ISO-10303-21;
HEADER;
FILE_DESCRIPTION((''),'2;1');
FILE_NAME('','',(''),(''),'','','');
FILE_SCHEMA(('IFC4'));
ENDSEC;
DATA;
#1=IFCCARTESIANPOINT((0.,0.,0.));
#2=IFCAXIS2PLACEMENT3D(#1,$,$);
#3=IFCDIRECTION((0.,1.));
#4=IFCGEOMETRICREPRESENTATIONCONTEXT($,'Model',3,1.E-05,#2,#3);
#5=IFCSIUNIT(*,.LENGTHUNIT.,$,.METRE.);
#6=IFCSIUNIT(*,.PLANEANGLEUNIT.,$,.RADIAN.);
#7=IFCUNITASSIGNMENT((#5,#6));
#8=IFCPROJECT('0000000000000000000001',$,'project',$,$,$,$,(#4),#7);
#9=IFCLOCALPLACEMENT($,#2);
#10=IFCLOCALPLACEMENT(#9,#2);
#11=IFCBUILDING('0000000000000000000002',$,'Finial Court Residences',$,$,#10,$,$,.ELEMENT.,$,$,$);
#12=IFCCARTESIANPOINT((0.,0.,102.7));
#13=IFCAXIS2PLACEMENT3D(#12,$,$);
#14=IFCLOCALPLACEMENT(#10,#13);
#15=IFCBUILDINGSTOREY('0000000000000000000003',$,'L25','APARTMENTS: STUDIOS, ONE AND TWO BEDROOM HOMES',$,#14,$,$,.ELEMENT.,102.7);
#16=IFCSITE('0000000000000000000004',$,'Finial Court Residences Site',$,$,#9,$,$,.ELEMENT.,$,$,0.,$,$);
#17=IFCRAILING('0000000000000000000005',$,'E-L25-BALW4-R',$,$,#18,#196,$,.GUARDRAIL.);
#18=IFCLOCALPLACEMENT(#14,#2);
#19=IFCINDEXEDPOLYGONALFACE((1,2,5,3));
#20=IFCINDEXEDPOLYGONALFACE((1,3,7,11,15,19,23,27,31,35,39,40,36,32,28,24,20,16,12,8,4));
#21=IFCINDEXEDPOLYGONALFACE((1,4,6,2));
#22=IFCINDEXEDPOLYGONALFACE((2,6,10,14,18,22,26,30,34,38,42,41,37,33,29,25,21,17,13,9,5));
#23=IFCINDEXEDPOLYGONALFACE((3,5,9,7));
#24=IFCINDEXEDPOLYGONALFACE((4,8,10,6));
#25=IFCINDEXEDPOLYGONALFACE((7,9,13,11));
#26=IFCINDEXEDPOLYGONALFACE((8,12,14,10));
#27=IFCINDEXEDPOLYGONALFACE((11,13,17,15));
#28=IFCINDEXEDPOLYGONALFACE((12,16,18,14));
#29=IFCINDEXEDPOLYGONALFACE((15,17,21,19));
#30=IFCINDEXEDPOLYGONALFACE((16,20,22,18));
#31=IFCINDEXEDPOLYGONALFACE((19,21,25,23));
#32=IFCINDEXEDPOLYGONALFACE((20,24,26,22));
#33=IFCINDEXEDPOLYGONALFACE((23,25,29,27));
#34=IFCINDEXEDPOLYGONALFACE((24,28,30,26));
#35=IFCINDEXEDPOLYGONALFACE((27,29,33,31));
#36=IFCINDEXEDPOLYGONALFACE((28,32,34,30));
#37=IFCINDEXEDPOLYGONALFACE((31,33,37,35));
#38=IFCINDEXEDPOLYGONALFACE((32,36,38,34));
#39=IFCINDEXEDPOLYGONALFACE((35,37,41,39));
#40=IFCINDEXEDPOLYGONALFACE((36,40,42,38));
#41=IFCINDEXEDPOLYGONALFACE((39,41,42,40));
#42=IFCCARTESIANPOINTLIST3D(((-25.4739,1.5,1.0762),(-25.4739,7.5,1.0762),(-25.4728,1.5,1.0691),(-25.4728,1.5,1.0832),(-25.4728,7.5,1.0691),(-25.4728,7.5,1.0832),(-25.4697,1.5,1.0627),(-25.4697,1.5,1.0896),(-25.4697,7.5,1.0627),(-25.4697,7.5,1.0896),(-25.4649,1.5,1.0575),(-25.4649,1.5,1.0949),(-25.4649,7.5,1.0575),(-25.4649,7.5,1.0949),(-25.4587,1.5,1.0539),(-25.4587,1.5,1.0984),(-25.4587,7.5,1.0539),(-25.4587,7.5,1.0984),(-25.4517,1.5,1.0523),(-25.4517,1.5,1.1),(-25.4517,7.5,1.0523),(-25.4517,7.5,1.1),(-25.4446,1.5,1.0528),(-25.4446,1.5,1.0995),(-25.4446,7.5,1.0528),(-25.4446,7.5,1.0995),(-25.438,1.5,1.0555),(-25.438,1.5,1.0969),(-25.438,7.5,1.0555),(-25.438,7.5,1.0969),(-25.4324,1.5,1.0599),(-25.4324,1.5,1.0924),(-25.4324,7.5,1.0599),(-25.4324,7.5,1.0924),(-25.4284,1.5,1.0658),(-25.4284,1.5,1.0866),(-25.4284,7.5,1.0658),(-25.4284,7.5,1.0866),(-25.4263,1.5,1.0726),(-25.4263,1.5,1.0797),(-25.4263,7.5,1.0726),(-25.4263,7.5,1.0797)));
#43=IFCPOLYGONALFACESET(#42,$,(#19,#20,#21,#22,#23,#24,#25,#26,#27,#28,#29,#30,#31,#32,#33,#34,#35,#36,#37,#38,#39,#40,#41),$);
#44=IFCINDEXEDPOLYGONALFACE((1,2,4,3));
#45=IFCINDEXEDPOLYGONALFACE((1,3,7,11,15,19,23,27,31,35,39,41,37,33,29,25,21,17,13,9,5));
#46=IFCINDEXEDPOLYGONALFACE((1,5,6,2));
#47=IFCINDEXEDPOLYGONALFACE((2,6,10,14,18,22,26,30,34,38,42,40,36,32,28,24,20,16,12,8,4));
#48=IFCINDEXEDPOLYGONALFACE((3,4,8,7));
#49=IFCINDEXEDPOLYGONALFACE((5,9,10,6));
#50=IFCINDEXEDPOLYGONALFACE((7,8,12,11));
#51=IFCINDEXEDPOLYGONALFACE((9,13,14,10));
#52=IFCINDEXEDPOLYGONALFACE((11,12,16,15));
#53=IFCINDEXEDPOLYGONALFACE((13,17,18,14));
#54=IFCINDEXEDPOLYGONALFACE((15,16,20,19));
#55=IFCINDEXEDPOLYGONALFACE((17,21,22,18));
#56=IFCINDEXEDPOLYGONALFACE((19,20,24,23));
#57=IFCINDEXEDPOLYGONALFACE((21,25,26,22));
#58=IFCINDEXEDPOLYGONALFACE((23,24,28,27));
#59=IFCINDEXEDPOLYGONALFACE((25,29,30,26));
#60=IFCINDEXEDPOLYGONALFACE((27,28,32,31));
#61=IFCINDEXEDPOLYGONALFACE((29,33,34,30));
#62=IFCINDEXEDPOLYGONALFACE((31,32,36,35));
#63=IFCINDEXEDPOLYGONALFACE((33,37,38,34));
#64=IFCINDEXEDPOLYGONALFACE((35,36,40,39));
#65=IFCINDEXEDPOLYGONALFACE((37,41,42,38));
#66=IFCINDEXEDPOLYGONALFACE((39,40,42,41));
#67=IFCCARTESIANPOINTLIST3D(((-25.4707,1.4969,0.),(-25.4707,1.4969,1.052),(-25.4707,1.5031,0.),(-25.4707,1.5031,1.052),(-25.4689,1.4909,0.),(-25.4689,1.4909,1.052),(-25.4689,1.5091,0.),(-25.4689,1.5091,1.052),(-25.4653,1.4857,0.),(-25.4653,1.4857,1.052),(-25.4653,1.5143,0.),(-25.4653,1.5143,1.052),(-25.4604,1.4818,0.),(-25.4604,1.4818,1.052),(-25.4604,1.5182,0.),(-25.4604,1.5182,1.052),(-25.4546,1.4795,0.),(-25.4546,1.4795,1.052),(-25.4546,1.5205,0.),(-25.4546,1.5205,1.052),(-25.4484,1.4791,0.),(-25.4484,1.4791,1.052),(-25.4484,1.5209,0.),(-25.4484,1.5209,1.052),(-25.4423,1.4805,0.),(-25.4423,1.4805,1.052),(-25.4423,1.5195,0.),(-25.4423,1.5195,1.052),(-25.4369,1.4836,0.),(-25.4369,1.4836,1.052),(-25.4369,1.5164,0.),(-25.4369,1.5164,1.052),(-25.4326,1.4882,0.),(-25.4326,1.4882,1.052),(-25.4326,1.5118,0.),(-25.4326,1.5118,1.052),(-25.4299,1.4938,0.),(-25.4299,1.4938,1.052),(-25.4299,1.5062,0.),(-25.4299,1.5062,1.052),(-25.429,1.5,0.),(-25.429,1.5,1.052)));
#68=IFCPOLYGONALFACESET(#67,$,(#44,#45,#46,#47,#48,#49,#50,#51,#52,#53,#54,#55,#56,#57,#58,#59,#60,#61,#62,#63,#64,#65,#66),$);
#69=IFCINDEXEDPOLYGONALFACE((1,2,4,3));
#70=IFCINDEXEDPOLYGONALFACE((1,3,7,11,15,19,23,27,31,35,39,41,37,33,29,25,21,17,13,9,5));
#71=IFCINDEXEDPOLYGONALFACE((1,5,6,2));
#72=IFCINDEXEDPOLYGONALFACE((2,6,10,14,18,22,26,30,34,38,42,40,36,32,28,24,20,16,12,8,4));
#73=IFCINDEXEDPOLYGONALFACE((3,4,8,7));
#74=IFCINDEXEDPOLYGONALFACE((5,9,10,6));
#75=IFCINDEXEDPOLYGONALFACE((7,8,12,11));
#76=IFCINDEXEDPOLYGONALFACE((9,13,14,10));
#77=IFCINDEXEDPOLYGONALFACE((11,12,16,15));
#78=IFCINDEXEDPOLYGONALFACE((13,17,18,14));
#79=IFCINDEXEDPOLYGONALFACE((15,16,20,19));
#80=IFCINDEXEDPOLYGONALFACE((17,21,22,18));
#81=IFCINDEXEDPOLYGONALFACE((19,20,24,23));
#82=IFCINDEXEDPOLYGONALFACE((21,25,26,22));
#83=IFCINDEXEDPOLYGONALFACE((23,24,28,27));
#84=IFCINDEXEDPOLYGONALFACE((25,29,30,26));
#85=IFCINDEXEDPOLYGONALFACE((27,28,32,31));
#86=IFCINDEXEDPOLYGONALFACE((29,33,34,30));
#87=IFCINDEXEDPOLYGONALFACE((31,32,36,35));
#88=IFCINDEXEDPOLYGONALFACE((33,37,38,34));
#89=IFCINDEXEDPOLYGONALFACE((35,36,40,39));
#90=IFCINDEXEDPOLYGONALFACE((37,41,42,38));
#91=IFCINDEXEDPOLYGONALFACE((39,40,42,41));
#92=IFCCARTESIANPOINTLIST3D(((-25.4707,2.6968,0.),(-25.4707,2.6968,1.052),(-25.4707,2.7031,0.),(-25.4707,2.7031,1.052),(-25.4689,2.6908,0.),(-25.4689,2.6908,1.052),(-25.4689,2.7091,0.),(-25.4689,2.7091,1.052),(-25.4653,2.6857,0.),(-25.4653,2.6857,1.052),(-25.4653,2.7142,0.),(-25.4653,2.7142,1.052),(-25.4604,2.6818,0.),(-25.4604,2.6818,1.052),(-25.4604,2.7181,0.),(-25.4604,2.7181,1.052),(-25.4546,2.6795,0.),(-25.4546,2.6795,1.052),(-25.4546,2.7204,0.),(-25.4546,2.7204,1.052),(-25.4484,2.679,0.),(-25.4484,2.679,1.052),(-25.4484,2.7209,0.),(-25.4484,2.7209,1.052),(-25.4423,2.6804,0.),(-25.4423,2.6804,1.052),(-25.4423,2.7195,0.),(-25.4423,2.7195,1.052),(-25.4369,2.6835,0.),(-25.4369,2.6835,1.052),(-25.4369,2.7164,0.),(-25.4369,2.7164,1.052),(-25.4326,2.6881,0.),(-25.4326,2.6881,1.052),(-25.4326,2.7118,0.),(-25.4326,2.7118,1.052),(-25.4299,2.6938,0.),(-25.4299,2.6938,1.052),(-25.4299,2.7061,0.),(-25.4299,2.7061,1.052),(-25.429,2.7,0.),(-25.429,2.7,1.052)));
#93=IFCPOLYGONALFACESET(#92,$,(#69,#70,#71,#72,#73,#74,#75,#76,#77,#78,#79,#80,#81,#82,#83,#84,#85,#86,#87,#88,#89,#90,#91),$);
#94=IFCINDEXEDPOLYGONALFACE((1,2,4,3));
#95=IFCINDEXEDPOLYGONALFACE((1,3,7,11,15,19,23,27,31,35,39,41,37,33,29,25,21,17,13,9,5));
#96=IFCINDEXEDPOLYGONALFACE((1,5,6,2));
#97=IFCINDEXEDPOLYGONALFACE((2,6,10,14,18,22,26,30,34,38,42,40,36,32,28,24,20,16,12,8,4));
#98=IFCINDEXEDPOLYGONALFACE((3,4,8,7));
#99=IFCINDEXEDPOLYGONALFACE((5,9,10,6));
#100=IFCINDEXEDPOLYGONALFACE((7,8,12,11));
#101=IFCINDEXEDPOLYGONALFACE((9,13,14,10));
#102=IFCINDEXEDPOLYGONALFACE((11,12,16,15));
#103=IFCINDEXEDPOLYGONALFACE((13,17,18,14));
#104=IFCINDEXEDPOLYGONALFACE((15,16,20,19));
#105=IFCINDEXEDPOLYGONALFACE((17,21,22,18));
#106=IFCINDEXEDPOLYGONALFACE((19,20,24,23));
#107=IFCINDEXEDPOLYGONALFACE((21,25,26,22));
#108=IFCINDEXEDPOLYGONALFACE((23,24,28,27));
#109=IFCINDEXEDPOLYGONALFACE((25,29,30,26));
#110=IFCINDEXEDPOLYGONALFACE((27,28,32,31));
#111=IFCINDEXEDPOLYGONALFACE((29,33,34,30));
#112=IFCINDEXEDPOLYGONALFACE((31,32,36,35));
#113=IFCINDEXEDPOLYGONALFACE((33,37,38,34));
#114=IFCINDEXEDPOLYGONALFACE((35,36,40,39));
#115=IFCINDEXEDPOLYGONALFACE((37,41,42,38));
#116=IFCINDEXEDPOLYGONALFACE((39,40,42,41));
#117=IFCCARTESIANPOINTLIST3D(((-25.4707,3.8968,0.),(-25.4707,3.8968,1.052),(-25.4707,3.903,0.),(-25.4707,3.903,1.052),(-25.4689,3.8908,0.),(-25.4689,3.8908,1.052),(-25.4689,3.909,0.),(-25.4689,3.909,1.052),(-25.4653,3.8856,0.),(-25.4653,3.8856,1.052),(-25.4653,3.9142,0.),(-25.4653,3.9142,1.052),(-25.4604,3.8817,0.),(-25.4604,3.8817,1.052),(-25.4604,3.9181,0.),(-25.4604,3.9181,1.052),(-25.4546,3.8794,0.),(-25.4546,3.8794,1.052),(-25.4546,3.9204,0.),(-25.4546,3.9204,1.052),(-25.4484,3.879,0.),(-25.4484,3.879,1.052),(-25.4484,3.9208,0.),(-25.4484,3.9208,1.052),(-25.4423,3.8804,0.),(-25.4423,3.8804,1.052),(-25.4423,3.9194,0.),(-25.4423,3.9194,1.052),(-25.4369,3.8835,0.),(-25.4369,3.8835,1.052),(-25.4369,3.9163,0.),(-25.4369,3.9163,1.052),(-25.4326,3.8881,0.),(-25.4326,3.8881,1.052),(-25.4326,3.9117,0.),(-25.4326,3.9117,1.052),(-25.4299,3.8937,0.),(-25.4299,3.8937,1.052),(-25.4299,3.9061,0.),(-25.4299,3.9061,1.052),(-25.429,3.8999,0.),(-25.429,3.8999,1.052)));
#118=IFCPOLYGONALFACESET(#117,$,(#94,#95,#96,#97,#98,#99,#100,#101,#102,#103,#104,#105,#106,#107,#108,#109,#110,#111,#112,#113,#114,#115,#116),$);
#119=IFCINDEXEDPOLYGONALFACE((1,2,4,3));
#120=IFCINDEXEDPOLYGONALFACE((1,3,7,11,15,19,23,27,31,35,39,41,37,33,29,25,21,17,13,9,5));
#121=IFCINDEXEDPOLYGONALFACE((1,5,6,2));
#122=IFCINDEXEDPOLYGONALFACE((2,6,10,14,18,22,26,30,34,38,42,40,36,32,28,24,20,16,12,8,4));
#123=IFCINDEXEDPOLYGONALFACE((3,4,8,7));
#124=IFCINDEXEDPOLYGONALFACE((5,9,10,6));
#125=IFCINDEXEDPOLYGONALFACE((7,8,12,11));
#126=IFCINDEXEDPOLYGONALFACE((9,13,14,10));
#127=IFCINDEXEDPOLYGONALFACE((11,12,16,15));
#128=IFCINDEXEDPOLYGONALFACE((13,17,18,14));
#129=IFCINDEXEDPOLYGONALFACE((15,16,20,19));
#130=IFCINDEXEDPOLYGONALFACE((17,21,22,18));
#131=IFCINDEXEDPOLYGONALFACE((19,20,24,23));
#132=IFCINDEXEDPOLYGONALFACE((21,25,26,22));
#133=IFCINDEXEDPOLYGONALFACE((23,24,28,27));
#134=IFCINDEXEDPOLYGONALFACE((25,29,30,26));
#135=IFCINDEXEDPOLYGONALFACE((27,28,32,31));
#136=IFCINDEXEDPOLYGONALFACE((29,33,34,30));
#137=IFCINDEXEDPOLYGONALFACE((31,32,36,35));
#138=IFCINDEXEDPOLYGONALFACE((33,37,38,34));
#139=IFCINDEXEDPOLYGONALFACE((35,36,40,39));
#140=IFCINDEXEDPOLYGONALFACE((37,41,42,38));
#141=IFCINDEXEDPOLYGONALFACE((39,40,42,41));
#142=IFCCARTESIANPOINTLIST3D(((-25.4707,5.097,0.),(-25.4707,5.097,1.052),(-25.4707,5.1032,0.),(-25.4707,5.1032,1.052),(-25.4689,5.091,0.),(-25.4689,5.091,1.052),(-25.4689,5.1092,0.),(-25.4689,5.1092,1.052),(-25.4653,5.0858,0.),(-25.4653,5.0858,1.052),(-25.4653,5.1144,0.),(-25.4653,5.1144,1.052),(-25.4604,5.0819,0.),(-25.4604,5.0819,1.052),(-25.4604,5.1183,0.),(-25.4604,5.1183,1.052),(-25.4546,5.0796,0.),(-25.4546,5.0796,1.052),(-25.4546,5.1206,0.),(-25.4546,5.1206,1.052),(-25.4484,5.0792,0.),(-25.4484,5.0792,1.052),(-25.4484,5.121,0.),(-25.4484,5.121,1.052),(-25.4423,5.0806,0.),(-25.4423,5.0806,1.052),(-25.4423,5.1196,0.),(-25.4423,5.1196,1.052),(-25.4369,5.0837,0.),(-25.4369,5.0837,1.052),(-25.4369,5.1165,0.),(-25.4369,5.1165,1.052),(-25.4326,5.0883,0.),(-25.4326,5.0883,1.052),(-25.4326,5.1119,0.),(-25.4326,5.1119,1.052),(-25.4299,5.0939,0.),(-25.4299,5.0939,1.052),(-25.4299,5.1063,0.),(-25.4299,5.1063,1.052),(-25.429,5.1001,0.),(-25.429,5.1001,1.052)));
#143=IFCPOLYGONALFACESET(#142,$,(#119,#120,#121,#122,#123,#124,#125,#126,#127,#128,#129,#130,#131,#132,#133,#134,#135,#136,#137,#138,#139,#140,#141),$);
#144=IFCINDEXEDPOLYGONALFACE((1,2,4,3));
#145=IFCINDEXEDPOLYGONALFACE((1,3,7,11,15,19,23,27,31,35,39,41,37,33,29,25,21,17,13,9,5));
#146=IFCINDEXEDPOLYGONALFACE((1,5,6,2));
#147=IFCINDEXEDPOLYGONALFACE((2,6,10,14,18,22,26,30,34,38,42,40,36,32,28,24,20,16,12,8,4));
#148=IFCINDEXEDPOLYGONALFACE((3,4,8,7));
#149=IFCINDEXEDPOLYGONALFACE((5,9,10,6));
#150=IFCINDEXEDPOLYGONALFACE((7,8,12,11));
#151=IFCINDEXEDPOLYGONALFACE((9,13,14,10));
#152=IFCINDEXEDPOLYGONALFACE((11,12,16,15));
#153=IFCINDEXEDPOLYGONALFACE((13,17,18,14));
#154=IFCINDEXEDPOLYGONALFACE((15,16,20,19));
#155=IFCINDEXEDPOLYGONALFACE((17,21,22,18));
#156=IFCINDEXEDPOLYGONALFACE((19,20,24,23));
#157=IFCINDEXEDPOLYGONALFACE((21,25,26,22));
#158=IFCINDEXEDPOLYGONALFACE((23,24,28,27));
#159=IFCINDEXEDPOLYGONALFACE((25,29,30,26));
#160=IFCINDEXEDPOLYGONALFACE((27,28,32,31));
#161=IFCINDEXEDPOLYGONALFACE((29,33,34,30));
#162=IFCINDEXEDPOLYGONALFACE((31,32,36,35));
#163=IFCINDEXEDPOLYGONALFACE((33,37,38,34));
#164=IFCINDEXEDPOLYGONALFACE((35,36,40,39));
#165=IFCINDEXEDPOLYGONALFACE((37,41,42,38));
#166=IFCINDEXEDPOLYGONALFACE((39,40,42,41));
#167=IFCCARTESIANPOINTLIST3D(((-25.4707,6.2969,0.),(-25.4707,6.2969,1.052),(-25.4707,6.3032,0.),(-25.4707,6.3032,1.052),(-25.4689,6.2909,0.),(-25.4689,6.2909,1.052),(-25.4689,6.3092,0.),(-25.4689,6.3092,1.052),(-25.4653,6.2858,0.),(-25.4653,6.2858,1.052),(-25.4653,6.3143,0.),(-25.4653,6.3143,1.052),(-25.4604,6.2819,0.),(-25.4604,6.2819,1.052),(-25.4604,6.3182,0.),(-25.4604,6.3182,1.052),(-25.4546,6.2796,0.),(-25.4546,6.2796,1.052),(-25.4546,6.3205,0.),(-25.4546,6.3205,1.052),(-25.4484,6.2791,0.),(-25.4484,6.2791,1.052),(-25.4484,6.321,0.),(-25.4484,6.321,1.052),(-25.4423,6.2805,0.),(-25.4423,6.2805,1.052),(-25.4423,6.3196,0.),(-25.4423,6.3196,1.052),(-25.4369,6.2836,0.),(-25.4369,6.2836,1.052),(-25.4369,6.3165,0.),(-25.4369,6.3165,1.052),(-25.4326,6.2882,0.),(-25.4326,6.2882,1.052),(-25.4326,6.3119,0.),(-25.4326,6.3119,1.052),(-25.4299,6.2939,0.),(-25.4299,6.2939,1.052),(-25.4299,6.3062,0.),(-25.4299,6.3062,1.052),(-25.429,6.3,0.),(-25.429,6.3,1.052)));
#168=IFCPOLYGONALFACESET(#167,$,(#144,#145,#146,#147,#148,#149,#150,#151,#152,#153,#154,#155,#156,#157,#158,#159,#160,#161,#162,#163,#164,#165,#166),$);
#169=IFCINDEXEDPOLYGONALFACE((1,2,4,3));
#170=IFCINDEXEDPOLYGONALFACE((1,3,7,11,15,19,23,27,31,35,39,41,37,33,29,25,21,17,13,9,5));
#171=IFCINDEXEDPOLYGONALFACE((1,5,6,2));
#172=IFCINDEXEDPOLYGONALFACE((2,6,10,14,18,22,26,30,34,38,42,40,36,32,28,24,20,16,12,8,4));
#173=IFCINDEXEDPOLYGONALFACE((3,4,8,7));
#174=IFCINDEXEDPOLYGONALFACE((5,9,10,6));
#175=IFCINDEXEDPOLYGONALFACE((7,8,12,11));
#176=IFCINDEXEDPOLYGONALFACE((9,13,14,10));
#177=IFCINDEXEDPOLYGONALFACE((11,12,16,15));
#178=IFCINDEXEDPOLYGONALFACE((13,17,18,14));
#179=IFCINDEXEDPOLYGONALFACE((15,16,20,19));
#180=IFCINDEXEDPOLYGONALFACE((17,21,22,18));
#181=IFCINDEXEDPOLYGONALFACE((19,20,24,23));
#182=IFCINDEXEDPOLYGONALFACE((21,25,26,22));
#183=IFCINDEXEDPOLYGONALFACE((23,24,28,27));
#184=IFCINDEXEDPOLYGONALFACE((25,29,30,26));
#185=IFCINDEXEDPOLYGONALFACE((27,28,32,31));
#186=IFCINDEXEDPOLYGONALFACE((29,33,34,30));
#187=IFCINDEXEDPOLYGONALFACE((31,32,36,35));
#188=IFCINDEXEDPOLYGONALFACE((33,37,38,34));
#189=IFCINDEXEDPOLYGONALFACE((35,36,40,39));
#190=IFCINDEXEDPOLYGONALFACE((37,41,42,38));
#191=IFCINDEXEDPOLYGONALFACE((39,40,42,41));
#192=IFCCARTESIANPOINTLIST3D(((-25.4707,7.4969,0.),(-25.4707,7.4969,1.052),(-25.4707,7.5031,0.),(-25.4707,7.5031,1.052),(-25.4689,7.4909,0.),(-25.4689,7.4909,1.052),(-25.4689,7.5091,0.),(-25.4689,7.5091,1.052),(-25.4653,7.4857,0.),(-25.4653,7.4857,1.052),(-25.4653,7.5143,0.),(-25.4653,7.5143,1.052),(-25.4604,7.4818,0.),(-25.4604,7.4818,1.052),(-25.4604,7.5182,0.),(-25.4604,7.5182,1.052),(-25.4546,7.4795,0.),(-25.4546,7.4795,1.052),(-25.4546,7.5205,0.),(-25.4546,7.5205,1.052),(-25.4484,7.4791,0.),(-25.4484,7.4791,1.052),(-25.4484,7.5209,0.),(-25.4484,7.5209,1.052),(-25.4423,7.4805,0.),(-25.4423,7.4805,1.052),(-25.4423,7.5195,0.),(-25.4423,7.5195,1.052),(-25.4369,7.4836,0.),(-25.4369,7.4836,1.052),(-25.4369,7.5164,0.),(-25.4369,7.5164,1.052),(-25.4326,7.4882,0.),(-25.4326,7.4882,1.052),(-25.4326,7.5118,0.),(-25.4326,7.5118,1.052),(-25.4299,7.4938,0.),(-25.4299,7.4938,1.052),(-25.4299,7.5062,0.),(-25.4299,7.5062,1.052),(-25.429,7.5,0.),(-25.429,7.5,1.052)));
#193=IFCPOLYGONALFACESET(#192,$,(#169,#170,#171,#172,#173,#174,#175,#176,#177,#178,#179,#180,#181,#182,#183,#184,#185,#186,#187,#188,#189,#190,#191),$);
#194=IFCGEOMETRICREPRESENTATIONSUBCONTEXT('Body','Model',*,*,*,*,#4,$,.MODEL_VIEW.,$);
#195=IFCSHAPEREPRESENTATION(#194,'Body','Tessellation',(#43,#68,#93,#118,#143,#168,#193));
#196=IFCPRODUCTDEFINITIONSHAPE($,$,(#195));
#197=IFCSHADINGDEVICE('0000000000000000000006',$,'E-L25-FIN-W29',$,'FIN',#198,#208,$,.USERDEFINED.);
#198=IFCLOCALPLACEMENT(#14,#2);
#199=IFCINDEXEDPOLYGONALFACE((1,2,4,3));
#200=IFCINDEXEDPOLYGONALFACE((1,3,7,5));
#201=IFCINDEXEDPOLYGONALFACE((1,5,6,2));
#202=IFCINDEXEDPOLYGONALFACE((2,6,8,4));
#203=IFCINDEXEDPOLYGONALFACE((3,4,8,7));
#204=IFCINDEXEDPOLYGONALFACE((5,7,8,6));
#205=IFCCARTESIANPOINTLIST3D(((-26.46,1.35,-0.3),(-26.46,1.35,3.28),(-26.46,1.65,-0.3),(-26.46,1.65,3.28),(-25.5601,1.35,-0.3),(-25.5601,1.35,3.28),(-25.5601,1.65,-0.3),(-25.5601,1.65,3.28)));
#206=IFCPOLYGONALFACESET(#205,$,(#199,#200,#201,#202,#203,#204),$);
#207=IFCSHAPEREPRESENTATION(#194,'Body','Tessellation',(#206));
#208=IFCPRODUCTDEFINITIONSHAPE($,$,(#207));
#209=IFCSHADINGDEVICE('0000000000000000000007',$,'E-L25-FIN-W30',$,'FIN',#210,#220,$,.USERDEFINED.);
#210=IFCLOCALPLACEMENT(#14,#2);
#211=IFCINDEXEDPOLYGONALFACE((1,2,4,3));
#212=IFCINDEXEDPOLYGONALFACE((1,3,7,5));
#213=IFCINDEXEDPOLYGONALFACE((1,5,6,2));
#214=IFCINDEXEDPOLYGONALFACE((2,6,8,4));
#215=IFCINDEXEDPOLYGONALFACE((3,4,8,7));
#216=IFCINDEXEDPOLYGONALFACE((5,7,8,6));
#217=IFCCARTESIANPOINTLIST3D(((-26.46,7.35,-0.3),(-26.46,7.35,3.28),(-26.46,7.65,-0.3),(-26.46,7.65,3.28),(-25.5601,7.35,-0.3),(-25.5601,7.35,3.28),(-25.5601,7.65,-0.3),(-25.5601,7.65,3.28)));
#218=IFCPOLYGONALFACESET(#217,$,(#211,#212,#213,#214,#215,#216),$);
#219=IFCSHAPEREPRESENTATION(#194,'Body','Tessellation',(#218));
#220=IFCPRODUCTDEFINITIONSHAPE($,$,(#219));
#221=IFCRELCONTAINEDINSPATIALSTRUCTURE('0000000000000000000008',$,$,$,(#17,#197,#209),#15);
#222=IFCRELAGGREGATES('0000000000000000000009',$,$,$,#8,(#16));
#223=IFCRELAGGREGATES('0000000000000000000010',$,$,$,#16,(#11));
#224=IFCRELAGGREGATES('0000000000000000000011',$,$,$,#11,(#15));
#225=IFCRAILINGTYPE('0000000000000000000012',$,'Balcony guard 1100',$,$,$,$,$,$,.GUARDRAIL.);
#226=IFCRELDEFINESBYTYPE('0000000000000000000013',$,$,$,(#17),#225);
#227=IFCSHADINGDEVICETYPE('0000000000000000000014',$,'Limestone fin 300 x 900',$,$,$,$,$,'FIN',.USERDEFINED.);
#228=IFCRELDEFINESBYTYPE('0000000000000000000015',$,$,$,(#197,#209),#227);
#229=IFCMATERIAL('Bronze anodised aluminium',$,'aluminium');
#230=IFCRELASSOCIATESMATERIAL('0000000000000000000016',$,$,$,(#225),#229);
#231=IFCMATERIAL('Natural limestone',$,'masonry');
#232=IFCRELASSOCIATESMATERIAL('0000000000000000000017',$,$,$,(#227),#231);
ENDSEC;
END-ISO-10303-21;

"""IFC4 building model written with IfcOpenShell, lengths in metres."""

from ifc_helpers import new_model, si_unit, direction, frame, origin, origin_2d, place, context, subcontext, project, spatial, rectangle, circle, extrude, material, type_object, element, save


model = new_model("IFC4")

# Units and contexts
model_context = context("Model", 3, precision=1e-05, world=origin(), true_north=direction((0.0, 1.0)))
body_context = subcontext(model_context, "Body", "Model", "MODEL_VIEW")
ifc_project = project(units=[si_unit("LENGTHUNIT", "METRE"), si_unit("PLANEANGLEUNIT", "RADIAN")], contexts=[model_context])

# Site, building, storey
site_placement = place(None, origin())
site = spatial("IfcSite", under=ifc_project, at=site_placement, Name="Finial Court Residences Site", CompositionType="ELEMENT", RefElevation=0.0)
building_placement = place(site_placement, origin())
building = spatial("IfcBuilding", under=site, at=building_placement, Name="Finial Court Residences", CompositionType="ELEMENT")
storey_placement = place(building_placement, frame((0.0, 0.0, 102.7)))
storey = spatial("IfcBuildingStorey", under=building, at=storey_placement, Name="L25", Description="APARTMENTS: STUDIOS, ONE AND TWO BEDROOM HOMES", CompositionType="ELEMENT", Elevation=102.7)

# Shared definitions
ifc_material_1 = material(Name="Bronze anodised aluminium", Category="aluminium")

# Shared definitions
ifc_material_2 = material(Name="Natural limestone", Category="masonry")

# Railing
railing_type = type_object("IfcRailingType", Name="Balcony guard 1100", PredefinedType="GUARDRAIL", material=ifc_material_1)
railing_placement = place(storey_placement, frame((-25.45, 1.5, 0.0)))
element("IfcRailing", 1, at=railing_placement, inside=storey, type_object=railing_type, Name="E-L25-BALW4-R", PredefinedType="GUARDRAIL", context=body_context, shape_type="SweptSolid", body=[
    extrude(circle(Radius=0.0239, at=origin_2d()), frame((0.0, 0.0, 1.0762), z_axis=(0.0, 1.0, 0.0), x_axis=(-1.0, 0.0, 0.0)), (0.0, 0.0, 1.0), 6.0),
    extrude(circle(Radius=0.021, at=origin_2d()), origin(), (0.0, 0.0, 1.0), 1.052),
    extrude(circle(Radius=0.021, at=origin_2d()), frame((0.0, 1.2, 0.0)), (0.0, 0.0, 1.0), 1.052),
    extrude(circle(Radius=0.021, at=origin_2d()), frame((0.0, 2.3999, 0.0)), (0.0, 0.0, 1.0), 1.052),
    extrude(circle(Radius=0.021, at=origin_2d()), frame((0.0, 3.6001, 0.0)), (0.0, 0.0, 1.0), 1.052),
    extrude(circle(Radius=0.021, at=origin_2d()), frame((0.0, 4.8, 0.0)), (0.0, 0.0, 1.0), 1.052),
    extrude(circle(Radius=0.021, at=origin_2d()), frame((0.0, 6.0, 0.0)), (0.0, 0.0, 1.0), 1.052),
])

# Shading devices
shading_device_type = type_object("IfcShadingDeviceType", Name="Limestone fin 300 x 900", ElementType="FIN", PredefinedType="USERDEFINED", material=ifc_material_2)
for number, where, z_axis, x_axis, name in (
    (2, (-26.01, 1.5, -0.3), (0.0, 0.0, 1.0), (1.0, 0.0, 0.0), "E-L25-FIN-W29"),
    (3, (-26.01, 7.5, -0.3), (0.0, 0.0, 1.0), (1.0, 0.0, 0.0), "E-L25-FIN-W30"),
):
    element("IfcShadingDevice", number, at=place(storey_placement, frame(where, z_axis=z_axis, x_axis=x_axis)), inside=storey, type_object=shading_device_type, Name=name, ObjectType="FIN", PredefinedType="USERDEFINED", context=body_context, shape_type="SweptSolid", body=[
        extrude(rectangle(XDim=0.8999, YDim=0.3, at=origin_2d()), origin(), (0.0, 0.0, 1.0), 3.5801),
    ])

save(model, "model.ifc")
